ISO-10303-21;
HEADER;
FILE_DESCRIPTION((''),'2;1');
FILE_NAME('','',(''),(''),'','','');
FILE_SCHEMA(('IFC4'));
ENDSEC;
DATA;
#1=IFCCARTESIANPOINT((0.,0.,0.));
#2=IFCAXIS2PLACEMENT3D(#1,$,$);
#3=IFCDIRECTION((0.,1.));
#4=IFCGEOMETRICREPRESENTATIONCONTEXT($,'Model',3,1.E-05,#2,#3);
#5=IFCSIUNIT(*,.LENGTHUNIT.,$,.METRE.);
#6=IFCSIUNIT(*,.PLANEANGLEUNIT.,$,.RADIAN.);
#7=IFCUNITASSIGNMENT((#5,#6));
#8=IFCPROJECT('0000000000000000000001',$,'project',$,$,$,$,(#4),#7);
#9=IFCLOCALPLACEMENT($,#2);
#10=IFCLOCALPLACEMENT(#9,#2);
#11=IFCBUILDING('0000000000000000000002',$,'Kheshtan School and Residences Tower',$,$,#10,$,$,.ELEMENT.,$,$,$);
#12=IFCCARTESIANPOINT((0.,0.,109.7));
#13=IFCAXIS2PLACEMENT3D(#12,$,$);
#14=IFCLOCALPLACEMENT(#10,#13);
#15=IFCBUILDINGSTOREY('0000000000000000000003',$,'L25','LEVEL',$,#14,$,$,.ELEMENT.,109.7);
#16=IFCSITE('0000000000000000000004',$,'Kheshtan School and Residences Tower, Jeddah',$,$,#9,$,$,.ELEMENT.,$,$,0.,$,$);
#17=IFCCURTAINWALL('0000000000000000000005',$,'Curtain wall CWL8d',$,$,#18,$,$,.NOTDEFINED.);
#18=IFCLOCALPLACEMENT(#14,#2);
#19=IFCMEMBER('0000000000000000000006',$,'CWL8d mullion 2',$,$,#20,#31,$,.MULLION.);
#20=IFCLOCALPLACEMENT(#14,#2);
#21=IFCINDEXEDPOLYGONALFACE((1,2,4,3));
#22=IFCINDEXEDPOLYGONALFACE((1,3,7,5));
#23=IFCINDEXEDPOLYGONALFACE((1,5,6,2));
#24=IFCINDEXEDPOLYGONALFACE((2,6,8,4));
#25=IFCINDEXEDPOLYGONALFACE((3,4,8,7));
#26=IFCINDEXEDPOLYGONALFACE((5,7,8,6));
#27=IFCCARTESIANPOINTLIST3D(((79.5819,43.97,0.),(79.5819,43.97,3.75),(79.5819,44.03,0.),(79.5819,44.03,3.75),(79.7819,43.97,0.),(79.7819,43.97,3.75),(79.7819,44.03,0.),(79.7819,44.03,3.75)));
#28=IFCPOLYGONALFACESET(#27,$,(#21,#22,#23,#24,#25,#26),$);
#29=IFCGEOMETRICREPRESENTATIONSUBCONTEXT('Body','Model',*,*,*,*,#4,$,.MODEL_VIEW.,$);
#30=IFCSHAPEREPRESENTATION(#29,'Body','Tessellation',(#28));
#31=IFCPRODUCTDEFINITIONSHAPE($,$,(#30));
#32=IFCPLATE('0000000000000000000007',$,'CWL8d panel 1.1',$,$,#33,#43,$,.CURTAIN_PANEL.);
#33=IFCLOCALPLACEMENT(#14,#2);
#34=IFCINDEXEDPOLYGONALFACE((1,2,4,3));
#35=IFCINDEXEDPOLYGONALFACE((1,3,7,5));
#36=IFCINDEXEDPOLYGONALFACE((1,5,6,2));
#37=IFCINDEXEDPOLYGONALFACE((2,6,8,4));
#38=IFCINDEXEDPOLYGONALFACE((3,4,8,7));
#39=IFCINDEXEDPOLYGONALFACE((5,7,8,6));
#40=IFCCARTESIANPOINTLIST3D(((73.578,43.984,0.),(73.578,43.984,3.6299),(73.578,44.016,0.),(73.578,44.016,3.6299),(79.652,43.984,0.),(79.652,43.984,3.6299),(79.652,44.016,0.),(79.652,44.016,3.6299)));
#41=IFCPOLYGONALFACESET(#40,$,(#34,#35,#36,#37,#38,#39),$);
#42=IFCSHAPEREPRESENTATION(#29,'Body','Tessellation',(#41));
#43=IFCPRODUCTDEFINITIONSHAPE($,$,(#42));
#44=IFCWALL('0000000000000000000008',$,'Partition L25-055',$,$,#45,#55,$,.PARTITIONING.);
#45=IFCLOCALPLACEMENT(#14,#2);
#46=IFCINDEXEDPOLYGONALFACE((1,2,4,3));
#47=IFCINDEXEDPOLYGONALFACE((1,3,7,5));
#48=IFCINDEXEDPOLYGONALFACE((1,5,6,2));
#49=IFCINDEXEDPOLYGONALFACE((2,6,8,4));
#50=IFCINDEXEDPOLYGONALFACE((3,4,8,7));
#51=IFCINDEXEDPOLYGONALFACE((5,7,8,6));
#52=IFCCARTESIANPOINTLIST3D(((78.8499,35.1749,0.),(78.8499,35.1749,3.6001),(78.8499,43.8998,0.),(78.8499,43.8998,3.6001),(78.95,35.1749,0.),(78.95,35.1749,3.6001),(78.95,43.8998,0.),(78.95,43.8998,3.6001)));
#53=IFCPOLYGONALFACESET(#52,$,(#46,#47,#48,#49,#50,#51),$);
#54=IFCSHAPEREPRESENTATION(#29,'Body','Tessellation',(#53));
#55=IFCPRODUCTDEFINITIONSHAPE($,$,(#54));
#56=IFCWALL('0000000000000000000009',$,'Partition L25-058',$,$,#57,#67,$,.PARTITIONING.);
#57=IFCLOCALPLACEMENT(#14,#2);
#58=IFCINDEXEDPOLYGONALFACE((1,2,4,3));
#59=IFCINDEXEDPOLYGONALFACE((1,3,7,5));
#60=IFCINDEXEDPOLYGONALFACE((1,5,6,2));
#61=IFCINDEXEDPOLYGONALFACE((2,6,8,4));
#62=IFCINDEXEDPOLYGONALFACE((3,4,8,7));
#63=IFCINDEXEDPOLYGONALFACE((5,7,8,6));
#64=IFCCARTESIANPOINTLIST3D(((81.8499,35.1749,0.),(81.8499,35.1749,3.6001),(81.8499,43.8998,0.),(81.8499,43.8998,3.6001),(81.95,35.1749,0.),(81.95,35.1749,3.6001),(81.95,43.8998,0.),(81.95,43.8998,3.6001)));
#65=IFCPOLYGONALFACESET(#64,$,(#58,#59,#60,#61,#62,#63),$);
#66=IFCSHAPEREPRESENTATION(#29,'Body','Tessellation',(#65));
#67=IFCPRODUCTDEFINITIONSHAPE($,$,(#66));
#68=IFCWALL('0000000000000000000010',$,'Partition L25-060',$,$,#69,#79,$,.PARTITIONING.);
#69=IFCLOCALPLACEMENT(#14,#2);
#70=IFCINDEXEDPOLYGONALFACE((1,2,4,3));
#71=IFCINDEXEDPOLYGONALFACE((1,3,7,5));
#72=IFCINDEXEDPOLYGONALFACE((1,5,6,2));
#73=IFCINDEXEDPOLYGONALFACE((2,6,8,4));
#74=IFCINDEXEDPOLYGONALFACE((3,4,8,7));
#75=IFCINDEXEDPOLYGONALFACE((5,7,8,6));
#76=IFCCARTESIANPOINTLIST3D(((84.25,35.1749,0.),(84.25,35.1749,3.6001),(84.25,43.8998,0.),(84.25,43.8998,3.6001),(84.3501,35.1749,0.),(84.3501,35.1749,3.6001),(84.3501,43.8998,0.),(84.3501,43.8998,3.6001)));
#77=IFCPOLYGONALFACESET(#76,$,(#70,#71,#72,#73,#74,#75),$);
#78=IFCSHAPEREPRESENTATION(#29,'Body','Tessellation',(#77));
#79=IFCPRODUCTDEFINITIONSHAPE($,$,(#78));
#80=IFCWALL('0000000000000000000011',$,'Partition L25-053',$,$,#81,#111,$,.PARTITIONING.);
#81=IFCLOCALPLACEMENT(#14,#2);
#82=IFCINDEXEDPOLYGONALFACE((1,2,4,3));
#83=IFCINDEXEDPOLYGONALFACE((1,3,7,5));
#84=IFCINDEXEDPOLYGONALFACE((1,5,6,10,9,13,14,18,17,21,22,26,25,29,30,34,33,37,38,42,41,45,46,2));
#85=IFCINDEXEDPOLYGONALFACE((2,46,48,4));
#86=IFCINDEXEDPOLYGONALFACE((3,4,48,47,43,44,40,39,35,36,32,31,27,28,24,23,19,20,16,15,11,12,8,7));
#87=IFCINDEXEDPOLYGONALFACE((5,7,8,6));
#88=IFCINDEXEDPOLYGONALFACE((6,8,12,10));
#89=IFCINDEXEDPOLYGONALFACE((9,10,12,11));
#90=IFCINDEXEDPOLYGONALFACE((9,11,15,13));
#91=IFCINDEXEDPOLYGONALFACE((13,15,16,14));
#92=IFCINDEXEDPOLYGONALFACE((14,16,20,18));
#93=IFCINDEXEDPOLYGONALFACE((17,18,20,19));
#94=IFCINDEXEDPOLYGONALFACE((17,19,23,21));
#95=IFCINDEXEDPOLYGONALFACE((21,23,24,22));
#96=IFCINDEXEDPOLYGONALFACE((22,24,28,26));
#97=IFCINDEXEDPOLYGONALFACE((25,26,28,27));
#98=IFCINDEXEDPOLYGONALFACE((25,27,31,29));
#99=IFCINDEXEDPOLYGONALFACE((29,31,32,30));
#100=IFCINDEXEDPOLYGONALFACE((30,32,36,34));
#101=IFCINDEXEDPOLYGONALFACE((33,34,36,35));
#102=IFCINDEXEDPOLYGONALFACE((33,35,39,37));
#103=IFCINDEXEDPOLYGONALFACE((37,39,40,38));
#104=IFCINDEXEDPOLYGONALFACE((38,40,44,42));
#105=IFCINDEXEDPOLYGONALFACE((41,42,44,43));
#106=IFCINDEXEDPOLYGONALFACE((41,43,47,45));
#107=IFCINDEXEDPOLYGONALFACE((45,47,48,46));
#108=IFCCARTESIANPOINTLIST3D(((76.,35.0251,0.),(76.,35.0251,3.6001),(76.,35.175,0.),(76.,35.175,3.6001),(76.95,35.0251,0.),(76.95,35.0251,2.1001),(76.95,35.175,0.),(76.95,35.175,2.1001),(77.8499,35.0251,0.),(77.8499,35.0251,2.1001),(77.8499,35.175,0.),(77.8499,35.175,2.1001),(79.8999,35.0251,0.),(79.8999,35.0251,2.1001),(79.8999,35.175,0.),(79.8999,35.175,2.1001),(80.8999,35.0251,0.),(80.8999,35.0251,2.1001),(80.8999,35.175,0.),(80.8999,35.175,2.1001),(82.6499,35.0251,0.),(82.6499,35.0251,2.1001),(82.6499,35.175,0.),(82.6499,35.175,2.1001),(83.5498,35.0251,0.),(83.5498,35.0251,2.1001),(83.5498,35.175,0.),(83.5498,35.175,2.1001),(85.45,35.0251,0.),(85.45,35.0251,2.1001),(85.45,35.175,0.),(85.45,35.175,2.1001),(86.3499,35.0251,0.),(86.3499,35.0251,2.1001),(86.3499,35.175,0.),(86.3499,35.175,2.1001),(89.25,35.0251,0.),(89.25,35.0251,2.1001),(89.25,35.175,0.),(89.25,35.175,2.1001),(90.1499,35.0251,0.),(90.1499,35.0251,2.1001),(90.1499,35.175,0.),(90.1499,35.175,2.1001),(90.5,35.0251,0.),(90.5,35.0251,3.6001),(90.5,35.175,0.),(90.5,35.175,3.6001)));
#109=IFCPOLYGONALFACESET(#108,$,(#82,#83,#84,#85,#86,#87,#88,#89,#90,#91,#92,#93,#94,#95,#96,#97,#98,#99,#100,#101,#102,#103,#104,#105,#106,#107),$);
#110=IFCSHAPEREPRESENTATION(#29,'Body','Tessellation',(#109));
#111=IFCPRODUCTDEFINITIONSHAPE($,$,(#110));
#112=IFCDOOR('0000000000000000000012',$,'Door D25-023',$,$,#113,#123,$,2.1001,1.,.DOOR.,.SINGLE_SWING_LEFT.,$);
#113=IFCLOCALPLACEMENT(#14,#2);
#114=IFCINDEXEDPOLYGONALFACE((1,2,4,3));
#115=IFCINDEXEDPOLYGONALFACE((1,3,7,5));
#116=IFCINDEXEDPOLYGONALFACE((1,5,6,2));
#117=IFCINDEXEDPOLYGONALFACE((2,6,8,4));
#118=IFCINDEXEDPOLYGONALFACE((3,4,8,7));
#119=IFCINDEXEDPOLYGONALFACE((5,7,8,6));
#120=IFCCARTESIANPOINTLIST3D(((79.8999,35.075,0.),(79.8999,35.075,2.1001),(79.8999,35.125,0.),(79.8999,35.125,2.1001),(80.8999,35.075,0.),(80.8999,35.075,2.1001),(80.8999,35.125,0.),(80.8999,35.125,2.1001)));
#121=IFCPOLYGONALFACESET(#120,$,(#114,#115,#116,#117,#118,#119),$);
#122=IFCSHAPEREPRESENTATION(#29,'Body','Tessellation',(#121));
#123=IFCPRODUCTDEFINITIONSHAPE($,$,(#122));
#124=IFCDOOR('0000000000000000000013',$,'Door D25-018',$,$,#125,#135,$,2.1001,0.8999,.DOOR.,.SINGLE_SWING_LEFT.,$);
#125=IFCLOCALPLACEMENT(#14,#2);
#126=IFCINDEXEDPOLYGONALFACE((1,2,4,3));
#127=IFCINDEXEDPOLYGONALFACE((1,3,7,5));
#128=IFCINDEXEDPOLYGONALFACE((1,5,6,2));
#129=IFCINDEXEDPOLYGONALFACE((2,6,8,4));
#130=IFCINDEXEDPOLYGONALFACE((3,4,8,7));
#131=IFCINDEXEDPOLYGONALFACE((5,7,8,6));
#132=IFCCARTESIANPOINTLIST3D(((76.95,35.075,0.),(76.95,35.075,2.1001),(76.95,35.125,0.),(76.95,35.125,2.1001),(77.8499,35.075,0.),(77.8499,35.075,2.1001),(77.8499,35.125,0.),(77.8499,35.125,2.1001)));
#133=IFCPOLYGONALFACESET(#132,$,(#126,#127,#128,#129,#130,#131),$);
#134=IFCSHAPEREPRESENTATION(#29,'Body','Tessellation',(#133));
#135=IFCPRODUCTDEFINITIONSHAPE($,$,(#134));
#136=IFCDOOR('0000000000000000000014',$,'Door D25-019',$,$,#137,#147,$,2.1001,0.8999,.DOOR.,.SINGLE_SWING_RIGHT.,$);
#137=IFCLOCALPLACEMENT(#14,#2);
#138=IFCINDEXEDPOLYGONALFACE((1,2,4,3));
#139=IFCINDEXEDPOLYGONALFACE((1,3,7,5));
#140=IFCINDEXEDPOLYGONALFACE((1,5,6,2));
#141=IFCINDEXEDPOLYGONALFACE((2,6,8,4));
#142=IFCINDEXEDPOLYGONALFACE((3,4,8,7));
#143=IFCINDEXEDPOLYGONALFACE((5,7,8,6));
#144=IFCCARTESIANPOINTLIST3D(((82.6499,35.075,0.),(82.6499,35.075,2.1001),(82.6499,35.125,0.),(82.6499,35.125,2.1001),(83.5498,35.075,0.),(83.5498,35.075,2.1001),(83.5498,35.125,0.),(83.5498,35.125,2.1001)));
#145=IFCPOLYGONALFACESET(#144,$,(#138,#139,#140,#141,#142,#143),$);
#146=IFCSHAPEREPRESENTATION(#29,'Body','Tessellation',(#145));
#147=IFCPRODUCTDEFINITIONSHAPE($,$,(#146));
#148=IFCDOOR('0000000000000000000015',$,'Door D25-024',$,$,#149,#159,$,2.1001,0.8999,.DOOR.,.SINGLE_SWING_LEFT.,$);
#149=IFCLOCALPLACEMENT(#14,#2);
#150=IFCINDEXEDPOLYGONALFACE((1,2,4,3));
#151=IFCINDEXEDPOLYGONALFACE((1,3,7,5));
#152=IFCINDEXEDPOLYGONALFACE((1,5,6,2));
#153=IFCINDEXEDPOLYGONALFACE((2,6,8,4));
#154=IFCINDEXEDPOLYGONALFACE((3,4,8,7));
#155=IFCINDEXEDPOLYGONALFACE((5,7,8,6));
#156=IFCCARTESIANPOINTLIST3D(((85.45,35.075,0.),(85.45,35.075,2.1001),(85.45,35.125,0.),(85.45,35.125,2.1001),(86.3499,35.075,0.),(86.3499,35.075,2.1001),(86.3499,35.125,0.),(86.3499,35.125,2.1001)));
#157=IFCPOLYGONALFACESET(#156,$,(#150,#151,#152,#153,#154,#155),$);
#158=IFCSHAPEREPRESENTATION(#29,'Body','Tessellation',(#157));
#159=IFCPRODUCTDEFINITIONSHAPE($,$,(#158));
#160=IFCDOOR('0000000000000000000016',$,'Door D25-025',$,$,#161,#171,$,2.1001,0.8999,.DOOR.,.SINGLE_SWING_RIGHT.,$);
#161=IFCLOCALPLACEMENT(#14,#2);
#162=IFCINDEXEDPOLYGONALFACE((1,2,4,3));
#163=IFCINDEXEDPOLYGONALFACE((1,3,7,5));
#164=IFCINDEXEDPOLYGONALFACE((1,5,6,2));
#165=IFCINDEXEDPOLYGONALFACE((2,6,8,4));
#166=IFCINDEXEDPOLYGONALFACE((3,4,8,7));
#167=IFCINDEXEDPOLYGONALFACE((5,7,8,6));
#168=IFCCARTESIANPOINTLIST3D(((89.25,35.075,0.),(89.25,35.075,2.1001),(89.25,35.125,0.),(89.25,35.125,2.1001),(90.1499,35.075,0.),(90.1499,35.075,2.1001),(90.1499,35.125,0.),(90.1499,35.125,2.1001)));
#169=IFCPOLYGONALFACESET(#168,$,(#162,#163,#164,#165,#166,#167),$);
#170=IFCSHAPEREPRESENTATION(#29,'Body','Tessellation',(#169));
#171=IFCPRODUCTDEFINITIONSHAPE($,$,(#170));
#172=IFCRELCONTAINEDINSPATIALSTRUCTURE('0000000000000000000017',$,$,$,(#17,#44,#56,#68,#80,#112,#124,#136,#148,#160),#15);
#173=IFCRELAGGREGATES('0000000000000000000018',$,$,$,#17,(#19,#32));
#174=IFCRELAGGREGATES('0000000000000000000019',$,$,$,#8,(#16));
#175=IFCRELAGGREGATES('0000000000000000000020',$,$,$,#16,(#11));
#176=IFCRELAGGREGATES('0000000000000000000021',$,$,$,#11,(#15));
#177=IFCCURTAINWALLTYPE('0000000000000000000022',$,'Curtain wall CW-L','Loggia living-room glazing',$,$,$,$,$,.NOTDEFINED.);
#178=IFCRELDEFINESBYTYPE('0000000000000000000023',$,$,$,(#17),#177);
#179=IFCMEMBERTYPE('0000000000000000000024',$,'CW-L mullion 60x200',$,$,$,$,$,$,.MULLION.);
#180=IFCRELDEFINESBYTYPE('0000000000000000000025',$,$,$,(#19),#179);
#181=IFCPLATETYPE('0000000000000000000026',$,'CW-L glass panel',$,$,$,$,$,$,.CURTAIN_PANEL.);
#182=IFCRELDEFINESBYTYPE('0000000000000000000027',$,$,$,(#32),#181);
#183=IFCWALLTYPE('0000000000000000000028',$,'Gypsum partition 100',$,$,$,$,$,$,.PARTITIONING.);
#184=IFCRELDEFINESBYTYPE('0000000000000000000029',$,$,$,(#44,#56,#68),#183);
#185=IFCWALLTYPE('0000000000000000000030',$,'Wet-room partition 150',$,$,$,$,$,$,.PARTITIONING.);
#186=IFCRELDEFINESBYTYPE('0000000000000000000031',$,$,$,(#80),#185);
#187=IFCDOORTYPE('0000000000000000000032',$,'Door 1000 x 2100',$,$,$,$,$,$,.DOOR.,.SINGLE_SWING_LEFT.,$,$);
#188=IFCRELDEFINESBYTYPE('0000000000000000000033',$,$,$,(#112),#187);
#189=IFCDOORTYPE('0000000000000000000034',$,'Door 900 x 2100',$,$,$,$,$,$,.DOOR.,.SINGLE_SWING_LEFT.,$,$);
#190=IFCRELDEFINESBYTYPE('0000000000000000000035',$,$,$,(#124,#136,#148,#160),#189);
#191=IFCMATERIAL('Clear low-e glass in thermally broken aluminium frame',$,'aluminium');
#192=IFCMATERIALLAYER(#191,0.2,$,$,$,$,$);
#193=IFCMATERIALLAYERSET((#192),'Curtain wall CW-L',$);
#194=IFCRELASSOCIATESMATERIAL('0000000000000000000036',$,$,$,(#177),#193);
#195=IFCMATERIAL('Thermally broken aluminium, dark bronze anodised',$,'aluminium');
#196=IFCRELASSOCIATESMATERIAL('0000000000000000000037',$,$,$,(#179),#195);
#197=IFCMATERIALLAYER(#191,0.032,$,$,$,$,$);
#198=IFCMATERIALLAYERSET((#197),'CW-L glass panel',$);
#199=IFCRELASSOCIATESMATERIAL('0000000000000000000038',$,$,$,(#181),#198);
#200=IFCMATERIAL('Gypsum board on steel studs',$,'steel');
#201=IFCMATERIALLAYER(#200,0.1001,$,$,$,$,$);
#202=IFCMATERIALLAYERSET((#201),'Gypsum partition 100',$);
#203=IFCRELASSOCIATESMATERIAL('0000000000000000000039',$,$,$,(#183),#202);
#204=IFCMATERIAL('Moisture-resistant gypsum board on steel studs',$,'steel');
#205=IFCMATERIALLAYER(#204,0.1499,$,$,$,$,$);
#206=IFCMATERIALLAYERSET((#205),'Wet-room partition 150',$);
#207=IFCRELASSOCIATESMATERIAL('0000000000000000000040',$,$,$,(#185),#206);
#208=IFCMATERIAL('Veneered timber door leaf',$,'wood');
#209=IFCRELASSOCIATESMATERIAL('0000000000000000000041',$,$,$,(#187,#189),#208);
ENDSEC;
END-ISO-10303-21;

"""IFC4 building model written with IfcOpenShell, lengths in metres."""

from ifc_helpers import new_model, si_unit, direction, frame, frame_2d, origin, origin_2d, place, context, subcontext, project, spatial, rectangle, extrude, source, transform, mapped, material, layer, layer_set, material_profile, profile_set, type_object, element, fill, aggregate, save


model = new_model("IFC4")

# Units and contexts
model_context = context("Model", 3, precision=1e-05, world=origin(), true_north=direction((0.0, 1.0)))
body_context = subcontext(model_context, "Body", "Model", "MODEL_VIEW")
ifc_project = project(units=[si_unit("LENGTHUNIT", "METRE"), si_unit("PLANEANGLEUNIT", "RADIAN")], contexts=[model_context])

# Site, building, storey
site_placement = place(None, origin())
site = spatial("IfcSite", under=ifc_project, at=site_placement, Name="Kheshtan School and Residences Tower, Jeddah", CompositionType="ELEMENT", RefElevation=0.0)
building_placement = place(site_placement, origin())
building = spatial("IfcBuilding", under=site, at=building_placement, Name="Kheshtan School and Residences Tower", CompositionType="ELEMENT")
storey_placement = place(building_placement, frame((0.0, 0.0, 109.7)))
storey = spatial("IfcBuildingStorey", under=building, at=storey_placement, Name="L25", Description="LEVEL", CompositionType="ELEMENT", Elevation=109.7)

# Curtain wall, member, plate
ifc_material_1 = material(Name="Clear low-e glass in thermally broken aluminium frame", Category="aluminium")
ifc_layer_1 = layer(ifc_material_1, 0.2)
ifc_layer_set_1 = layer_set([ifc_layer_1], Name="Curtain wall CW-L")
curtain_wall_type = type_object("IfcCurtainWallType", Name="Curtain wall CW-L", Description="Loggia living-room glazing", PredefinedType="NOTDEFINED", material=ifc_layer_set_1)
curtain_wall_placement = place(storey_placement, origin())
curtain_wall = element("IfcCurtainWall", 1, at=curtain_wall_placement, inside=storey, type_object=curtain_wall_type, Name="Curtain wall CWL8d", PredefinedType="NOTDEFINED")
ifc_material_2 = material(Name="Thermally broken aluminium, dark bronze anodised", Category="aluminium")
ifc_material_profile_1 = material_profile(ifc_material_2, rectangle(XDim=0.0601, YDim=0.2, at=origin_2d()), Name="CW-L mullion 60x200")
ifc_profile_set_1 = profile_set([ifc_material_profile_1], Name="Thermally broken aluminium, dark bronze anodised")
member_type = type_object("IfcMemberType", Name="CW-L mullion 60x200", PredefinedType="MULLION", material=ifc_profile_set_1)
member_placement = place(storey_placement, frame((79.6819, 44.0, 0.0), z_axis=(0.0, 0.0, 1.0), x_axis=(0.0, 1.0, 0.0)))
member = element("IfcMember", 2, at=member_placement, type_object=member_type, Name="CWL8d mullion 2", PredefinedType="MULLION", context=body_context, shape_type="SweptSolid", body=[
    extrude(rectangle(XDim=0.0601, YDim=0.2, at=origin_2d()), origin(), (0.0, 0.0, 1.0), 3.75),
])
ifc_layer_2 = layer(ifc_material_1, 0.032)
ifc_layer_set_2 = layer_set([ifc_layer_2], Name="CW-L glass panel")
plate_type = type_object("IfcPlateType", Name="CW-L glass panel", PredefinedType="CURTAIN_PANEL", material=ifc_layer_set_2)
plate_placement = place(storey_placement, frame((76.615, 44.0, 0.0), z_axis=(0.0, 0.0, 1.0), x_axis=(1.0, 0.0, 0.0)))
plate = element("IfcPlate", 3, at=plate_placement, type_object=plate_type, Name="CWL8d panel 1.1", PredefinedType="CURTAIN_PANEL", context=body_context, shape_type="SweptSolid", body=[
    extrude(rectangle(XDim=6.074, YDim=0.032, at=origin_2d()), origin(), (0.0, 0.0, 1.0), 3.6299),
])
aggregate(curtain_wall, [member, plate])

# Walls
ifc_material_3 = material(Name="Gypsum board on steel studs", Category="steel")
ifc_layer_3 = layer(ifc_material_3, 0.1001)
ifc_layer_set_3 = layer_set([ifc_layer_3], Name="Gypsum partition 100")
wall_type_1 = type_object("IfcWallType", Name="Gypsum partition 100", PredefinedType="PARTITIONING", material=ifc_layer_set_3)
for number, where, z_axis, x_axis, name in (
    (4, (78.8999, 35.175, 0.0), (0.0, 0.0, 1.0), (0.0, 1.0, 0.0), "Partition L25-055"),
    (5, (81.8999, 35.175, 0.0), (0.0, 0.0, 1.0), (0.0, 1.0, 0.0), "Partition L25-058"),
    (6, (84.3, 35.175, 0.0), (0.0, 0.0, 1.0), (0.0, 1.0, 0.0), "Partition L25-060"),
):
    element("IfcWall", number, at=place(storey_placement, frame(where, z_axis=z_axis, x_axis=x_axis)), inside=storey, type_object=wall_type_1, Name=name, PredefinedType="PARTITIONING", context=body_context, shape_type="SweptSolid", body=[
        extrude(rectangle(XDim=8.7249, YDim=0.1001, at=frame_2d((4.3623, 0.0))), origin(), (0.0, 0.0, 1.0), 3.6001),
    ])

# Wall, openings, doors
ifc_material_4 = material(Name="Moisture-resistant gypsum board on steel studs", Category="steel")
ifc_layer_4 = layer(ifc_material_4, 0.1499)
ifc_layer_set_4 = layer_set([ifc_layer_4], Name="Wet-room partition 150")
wall_type_2 = type_object("IfcWallType", Name="Wet-room partition 150", PredefinedType="PARTITIONING", material=ifc_layer_set_4)
wall_1_placement = place(storey_placement, frame((76.0, 35.1001, 0.0), z_axis=(0.0, 0.0, 1.0), x_axis=(1.0, 0.0, 0.0)))
wall_1 = element("IfcWall", 7, at=wall_1_placement, inside=storey, type_object=wall_type_2, Name="Partition L25-053", PredefinedType="PARTITIONING", context=body_context, shape_type="SweptSolid", body=[
    extrude(rectangle(XDim=14.5, YDim=0.1499, at=frame_2d((7.25, 0.0))), origin(), (0.0, 0.0, 1.0), 3.6001),
])
opening_1_placement = place(wall_1_placement, frame((0.95, 0.0, 0.0)))
opening_1 = element("IfcOpeningElement", 8, at=opening_1_placement, cuts=wall_1, PredefinedType="OPENING", context=body_context, shape_type="SweptSolid", body=[
    extrude(rectangle(XDim=0.8999, YDim=2.1001, at=frame_2d((0.45, 1.05))), frame((0.0, 0.085, 0.0), z_axis=(0.0, -1.0, 0.0), x_axis=(1.0, 0.0, 0.0)), (0.0, 0.0, 1.0), 0.1699),
])
opening_2_placement = place(wall_1_placement, frame((6.6499, 0.0, 0.0)))
opening_2 = element("IfcOpeningElement", 9, at=opening_2_placement, cuts=wall_1, PredefinedType="OPENING", context=body_context, shape_type="SweptSolid", body=[
    extrude(rectangle(XDim=0.8999, YDim=2.1001, at=frame_2d((0.45, 1.05))), frame((0.0, 0.085, 0.0), z_axis=(0.0, -1.0, 0.0), x_axis=(1.0, 0.0, 0.0)), (0.0, 0.0, 1.0), 0.1699),
])
opening_3_placement = place(wall_1_placement, frame((3.8999, 0.0, 0.0)))
opening_3 = element("IfcOpeningElement", 10, at=opening_3_placement, cuts=wall_1, PredefinedType="OPENING", context=body_context, shape_type="SweptSolid", body=[
    extrude(rectangle(XDim=1.0, YDim=2.1001, at=frame_2d((0.5, 1.05))), frame((0.0, 0.085, 0.0), z_axis=(0.0, -1.0, 0.0), x_axis=(1.0, 0.0, 0.0)), (0.0, 0.0, 1.0), 0.1699),
])
opening_4_placement = place(wall_1_placement, frame((9.45, 0.0, 0.0)))
opening_4 = element("IfcOpeningElement", 11, at=opening_4_placement, cuts=wall_1, PredefinedType="OPENING", context=body_context, shape_type="SweptSolid", body=[
    extrude(rectangle(XDim=0.8999, YDim=2.1001, at=frame_2d((0.45, 1.05))), frame((0.0, 0.085, 0.0), z_axis=(0.0, -1.0, 0.0), x_axis=(1.0, 0.0, 0.0)), (0.0, 0.0, 1.0), 0.1699),
])
opening_5_placement = place(wall_1_placement, frame((13.25, 0.0, 0.0)))
opening_5 = element("IfcOpeningElement", 12, at=opening_5_placement, cuts=wall_1, PredefinedType="OPENING", context=body_context, shape_type="SweptSolid", body=[
    extrude(rectangle(XDim=0.8999, YDim=2.1001, at=frame_2d((0.45, 1.05))), frame((0.0, 0.085, 0.0), z_axis=(0.0, -1.0, 0.0), x_axis=(1.0, 0.0, 0.0)), (0.0, 0.0, 1.0), 0.1699),
])
ifc_material_5 = material(Name="Veneered timber door leaf", Category="wood")
door_type_1 = type_object("IfcDoorType", Name="Door 1000 x 2100", OperationType="SINGLE_SWING_LEFT", PredefinedType="DOOR", material=ifc_material_5)
shared_shape_1 = source(origin(), body_context, "Body", "SweptSolid", [
    extrude(rectangle(XDim=1.0, YDim=2.1001, at=frame_2d((0.5, 1.05))), frame((0.0, 0.0249, 0.0), z_axis=(0.0, -1.0, 0.0), x_axis=(1.0, 0.0, 0.0)), (0.0, 0.0, 1.0), 0.05),
])
door_1_placement = place(opening_3_placement, origin())
door_1 = element("IfcDoor", 13, at=door_1_placement, inside=storey, type_object=door_type_1, Name="Door D25-023", OperationType="SINGLE_SWING_LEFT", OverallHeight=2.1001, OverallWidth=1.0, PredefinedType="DOOR", context=body_context, shape_type="MappedRepresentation", body=[
    mapped(shared_shape_1, transform((0.0, 0.0, 0.0), x_axis=(1.0, 0.0, 0.0), y_axis=(0.0, 1.0, 0.0), z_axis=(0.0, 0.0, 1.0), scale=1.0)),
])
fill(opening_3, door_1)
door_type_2 = type_object("IfcDoorType", Name="Door 900 x 2100", OperationType="SINGLE_SWING_LEFT", PredefinedType="DOOR", material=ifc_material_5)
shared_shape_2 = source(origin(), body_context, "Body", "SweptSolid", [
    extrude(rectangle(XDim=0.8999, YDim=2.1001, at=frame_2d((0.45, 1.05))), frame((0.0, 0.0249, 0.0), z_axis=(0.0, -1.0, 0.0), x_axis=(1.0, 0.0, 0.0)), (0.0, 0.0, 1.0), 0.05),
])
door_2_placement = place(opening_1_placement, origin())
door_2 = element("IfcDoor", 14, at=door_2_placement, inside=storey, type_object=door_type_2, Name="Door D25-018", OperationType="SINGLE_SWING_LEFT", OverallHeight=2.1001, OverallWidth=0.8999, PredefinedType="DOOR", context=body_context, shape_type="MappedRepresentation", body=[
    mapped(shared_shape_2, transform((0.0, 0.0, 0.0), x_axis=(1.0, 0.0, 0.0), y_axis=(0.0, 1.0, 0.0), z_axis=(0.0, 0.0, 1.0), scale=1.0)),
])
fill(opening_1, door_2)
door_3_placement = place(opening_2_placement, origin())
door_3 = element("IfcDoor", 15, at=door_3_placement, inside=storey, type_object=door_type_2, Name="Door D25-019", OperationType="SINGLE_SWING_RIGHT", OverallHeight=2.1001, OverallWidth=0.8999, PredefinedType="DOOR", context=body_context, shape_type="MappedRepresentation", body=[
    mapped(shared_shape_2, transform((0.0, 0.0, 0.0), x_axis=(1.0, 0.0, 0.0), y_axis=(0.0, 1.0, 0.0), z_axis=(0.0, 0.0, 1.0), scale=1.0)),
])
fill(opening_2, door_3)
door_4_placement = place(opening_4_placement, origin())
door_4 = element("IfcDoor", 16, at=door_4_placement, inside=storey, type_object=door_type_2, Name="Door D25-024", OperationType="SINGLE_SWING_LEFT", OverallHeight=2.1001, OverallWidth=0.8999, PredefinedType="DOOR", context=body_context, shape_type="MappedRepresentation", body=[
    mapped(shared_shape_2, transform((0.0, 0.0, 0.0), x_axis=(1.0, 0.0, 0.0), y_axis=(0.0, 1.0, 0.0), z_axis=(0.0, 0.0, 1.0), scale=1.0)),
])
fill(opening_4, door_4)
door_5_placement = place(opening_5_placement, origin())
door_5 = element("IfcDoor", 17, at=door_5_placement, inside=storey, type_object=door_type_2, Name="Door D25-025", OperationType="SINGLE_SWING_RIGHT", OverallHeight=2.1001, OverallWidth=0.8999, PredefinedType="DOOR", context=body_context, shape_type="MappedRepresentation", body=[
    mapped(shared_shape_2, transform((0.0, 0.0, 0.0), x_axis=(1.0, 0.0, 0.0), y_axis=(0.0, 1.0, 0.0), z_axis=(0.0, 0.0, 1.0), scale=1.0)),
])
fill(opening_5, door_5)

save(model, "model.ifc")
